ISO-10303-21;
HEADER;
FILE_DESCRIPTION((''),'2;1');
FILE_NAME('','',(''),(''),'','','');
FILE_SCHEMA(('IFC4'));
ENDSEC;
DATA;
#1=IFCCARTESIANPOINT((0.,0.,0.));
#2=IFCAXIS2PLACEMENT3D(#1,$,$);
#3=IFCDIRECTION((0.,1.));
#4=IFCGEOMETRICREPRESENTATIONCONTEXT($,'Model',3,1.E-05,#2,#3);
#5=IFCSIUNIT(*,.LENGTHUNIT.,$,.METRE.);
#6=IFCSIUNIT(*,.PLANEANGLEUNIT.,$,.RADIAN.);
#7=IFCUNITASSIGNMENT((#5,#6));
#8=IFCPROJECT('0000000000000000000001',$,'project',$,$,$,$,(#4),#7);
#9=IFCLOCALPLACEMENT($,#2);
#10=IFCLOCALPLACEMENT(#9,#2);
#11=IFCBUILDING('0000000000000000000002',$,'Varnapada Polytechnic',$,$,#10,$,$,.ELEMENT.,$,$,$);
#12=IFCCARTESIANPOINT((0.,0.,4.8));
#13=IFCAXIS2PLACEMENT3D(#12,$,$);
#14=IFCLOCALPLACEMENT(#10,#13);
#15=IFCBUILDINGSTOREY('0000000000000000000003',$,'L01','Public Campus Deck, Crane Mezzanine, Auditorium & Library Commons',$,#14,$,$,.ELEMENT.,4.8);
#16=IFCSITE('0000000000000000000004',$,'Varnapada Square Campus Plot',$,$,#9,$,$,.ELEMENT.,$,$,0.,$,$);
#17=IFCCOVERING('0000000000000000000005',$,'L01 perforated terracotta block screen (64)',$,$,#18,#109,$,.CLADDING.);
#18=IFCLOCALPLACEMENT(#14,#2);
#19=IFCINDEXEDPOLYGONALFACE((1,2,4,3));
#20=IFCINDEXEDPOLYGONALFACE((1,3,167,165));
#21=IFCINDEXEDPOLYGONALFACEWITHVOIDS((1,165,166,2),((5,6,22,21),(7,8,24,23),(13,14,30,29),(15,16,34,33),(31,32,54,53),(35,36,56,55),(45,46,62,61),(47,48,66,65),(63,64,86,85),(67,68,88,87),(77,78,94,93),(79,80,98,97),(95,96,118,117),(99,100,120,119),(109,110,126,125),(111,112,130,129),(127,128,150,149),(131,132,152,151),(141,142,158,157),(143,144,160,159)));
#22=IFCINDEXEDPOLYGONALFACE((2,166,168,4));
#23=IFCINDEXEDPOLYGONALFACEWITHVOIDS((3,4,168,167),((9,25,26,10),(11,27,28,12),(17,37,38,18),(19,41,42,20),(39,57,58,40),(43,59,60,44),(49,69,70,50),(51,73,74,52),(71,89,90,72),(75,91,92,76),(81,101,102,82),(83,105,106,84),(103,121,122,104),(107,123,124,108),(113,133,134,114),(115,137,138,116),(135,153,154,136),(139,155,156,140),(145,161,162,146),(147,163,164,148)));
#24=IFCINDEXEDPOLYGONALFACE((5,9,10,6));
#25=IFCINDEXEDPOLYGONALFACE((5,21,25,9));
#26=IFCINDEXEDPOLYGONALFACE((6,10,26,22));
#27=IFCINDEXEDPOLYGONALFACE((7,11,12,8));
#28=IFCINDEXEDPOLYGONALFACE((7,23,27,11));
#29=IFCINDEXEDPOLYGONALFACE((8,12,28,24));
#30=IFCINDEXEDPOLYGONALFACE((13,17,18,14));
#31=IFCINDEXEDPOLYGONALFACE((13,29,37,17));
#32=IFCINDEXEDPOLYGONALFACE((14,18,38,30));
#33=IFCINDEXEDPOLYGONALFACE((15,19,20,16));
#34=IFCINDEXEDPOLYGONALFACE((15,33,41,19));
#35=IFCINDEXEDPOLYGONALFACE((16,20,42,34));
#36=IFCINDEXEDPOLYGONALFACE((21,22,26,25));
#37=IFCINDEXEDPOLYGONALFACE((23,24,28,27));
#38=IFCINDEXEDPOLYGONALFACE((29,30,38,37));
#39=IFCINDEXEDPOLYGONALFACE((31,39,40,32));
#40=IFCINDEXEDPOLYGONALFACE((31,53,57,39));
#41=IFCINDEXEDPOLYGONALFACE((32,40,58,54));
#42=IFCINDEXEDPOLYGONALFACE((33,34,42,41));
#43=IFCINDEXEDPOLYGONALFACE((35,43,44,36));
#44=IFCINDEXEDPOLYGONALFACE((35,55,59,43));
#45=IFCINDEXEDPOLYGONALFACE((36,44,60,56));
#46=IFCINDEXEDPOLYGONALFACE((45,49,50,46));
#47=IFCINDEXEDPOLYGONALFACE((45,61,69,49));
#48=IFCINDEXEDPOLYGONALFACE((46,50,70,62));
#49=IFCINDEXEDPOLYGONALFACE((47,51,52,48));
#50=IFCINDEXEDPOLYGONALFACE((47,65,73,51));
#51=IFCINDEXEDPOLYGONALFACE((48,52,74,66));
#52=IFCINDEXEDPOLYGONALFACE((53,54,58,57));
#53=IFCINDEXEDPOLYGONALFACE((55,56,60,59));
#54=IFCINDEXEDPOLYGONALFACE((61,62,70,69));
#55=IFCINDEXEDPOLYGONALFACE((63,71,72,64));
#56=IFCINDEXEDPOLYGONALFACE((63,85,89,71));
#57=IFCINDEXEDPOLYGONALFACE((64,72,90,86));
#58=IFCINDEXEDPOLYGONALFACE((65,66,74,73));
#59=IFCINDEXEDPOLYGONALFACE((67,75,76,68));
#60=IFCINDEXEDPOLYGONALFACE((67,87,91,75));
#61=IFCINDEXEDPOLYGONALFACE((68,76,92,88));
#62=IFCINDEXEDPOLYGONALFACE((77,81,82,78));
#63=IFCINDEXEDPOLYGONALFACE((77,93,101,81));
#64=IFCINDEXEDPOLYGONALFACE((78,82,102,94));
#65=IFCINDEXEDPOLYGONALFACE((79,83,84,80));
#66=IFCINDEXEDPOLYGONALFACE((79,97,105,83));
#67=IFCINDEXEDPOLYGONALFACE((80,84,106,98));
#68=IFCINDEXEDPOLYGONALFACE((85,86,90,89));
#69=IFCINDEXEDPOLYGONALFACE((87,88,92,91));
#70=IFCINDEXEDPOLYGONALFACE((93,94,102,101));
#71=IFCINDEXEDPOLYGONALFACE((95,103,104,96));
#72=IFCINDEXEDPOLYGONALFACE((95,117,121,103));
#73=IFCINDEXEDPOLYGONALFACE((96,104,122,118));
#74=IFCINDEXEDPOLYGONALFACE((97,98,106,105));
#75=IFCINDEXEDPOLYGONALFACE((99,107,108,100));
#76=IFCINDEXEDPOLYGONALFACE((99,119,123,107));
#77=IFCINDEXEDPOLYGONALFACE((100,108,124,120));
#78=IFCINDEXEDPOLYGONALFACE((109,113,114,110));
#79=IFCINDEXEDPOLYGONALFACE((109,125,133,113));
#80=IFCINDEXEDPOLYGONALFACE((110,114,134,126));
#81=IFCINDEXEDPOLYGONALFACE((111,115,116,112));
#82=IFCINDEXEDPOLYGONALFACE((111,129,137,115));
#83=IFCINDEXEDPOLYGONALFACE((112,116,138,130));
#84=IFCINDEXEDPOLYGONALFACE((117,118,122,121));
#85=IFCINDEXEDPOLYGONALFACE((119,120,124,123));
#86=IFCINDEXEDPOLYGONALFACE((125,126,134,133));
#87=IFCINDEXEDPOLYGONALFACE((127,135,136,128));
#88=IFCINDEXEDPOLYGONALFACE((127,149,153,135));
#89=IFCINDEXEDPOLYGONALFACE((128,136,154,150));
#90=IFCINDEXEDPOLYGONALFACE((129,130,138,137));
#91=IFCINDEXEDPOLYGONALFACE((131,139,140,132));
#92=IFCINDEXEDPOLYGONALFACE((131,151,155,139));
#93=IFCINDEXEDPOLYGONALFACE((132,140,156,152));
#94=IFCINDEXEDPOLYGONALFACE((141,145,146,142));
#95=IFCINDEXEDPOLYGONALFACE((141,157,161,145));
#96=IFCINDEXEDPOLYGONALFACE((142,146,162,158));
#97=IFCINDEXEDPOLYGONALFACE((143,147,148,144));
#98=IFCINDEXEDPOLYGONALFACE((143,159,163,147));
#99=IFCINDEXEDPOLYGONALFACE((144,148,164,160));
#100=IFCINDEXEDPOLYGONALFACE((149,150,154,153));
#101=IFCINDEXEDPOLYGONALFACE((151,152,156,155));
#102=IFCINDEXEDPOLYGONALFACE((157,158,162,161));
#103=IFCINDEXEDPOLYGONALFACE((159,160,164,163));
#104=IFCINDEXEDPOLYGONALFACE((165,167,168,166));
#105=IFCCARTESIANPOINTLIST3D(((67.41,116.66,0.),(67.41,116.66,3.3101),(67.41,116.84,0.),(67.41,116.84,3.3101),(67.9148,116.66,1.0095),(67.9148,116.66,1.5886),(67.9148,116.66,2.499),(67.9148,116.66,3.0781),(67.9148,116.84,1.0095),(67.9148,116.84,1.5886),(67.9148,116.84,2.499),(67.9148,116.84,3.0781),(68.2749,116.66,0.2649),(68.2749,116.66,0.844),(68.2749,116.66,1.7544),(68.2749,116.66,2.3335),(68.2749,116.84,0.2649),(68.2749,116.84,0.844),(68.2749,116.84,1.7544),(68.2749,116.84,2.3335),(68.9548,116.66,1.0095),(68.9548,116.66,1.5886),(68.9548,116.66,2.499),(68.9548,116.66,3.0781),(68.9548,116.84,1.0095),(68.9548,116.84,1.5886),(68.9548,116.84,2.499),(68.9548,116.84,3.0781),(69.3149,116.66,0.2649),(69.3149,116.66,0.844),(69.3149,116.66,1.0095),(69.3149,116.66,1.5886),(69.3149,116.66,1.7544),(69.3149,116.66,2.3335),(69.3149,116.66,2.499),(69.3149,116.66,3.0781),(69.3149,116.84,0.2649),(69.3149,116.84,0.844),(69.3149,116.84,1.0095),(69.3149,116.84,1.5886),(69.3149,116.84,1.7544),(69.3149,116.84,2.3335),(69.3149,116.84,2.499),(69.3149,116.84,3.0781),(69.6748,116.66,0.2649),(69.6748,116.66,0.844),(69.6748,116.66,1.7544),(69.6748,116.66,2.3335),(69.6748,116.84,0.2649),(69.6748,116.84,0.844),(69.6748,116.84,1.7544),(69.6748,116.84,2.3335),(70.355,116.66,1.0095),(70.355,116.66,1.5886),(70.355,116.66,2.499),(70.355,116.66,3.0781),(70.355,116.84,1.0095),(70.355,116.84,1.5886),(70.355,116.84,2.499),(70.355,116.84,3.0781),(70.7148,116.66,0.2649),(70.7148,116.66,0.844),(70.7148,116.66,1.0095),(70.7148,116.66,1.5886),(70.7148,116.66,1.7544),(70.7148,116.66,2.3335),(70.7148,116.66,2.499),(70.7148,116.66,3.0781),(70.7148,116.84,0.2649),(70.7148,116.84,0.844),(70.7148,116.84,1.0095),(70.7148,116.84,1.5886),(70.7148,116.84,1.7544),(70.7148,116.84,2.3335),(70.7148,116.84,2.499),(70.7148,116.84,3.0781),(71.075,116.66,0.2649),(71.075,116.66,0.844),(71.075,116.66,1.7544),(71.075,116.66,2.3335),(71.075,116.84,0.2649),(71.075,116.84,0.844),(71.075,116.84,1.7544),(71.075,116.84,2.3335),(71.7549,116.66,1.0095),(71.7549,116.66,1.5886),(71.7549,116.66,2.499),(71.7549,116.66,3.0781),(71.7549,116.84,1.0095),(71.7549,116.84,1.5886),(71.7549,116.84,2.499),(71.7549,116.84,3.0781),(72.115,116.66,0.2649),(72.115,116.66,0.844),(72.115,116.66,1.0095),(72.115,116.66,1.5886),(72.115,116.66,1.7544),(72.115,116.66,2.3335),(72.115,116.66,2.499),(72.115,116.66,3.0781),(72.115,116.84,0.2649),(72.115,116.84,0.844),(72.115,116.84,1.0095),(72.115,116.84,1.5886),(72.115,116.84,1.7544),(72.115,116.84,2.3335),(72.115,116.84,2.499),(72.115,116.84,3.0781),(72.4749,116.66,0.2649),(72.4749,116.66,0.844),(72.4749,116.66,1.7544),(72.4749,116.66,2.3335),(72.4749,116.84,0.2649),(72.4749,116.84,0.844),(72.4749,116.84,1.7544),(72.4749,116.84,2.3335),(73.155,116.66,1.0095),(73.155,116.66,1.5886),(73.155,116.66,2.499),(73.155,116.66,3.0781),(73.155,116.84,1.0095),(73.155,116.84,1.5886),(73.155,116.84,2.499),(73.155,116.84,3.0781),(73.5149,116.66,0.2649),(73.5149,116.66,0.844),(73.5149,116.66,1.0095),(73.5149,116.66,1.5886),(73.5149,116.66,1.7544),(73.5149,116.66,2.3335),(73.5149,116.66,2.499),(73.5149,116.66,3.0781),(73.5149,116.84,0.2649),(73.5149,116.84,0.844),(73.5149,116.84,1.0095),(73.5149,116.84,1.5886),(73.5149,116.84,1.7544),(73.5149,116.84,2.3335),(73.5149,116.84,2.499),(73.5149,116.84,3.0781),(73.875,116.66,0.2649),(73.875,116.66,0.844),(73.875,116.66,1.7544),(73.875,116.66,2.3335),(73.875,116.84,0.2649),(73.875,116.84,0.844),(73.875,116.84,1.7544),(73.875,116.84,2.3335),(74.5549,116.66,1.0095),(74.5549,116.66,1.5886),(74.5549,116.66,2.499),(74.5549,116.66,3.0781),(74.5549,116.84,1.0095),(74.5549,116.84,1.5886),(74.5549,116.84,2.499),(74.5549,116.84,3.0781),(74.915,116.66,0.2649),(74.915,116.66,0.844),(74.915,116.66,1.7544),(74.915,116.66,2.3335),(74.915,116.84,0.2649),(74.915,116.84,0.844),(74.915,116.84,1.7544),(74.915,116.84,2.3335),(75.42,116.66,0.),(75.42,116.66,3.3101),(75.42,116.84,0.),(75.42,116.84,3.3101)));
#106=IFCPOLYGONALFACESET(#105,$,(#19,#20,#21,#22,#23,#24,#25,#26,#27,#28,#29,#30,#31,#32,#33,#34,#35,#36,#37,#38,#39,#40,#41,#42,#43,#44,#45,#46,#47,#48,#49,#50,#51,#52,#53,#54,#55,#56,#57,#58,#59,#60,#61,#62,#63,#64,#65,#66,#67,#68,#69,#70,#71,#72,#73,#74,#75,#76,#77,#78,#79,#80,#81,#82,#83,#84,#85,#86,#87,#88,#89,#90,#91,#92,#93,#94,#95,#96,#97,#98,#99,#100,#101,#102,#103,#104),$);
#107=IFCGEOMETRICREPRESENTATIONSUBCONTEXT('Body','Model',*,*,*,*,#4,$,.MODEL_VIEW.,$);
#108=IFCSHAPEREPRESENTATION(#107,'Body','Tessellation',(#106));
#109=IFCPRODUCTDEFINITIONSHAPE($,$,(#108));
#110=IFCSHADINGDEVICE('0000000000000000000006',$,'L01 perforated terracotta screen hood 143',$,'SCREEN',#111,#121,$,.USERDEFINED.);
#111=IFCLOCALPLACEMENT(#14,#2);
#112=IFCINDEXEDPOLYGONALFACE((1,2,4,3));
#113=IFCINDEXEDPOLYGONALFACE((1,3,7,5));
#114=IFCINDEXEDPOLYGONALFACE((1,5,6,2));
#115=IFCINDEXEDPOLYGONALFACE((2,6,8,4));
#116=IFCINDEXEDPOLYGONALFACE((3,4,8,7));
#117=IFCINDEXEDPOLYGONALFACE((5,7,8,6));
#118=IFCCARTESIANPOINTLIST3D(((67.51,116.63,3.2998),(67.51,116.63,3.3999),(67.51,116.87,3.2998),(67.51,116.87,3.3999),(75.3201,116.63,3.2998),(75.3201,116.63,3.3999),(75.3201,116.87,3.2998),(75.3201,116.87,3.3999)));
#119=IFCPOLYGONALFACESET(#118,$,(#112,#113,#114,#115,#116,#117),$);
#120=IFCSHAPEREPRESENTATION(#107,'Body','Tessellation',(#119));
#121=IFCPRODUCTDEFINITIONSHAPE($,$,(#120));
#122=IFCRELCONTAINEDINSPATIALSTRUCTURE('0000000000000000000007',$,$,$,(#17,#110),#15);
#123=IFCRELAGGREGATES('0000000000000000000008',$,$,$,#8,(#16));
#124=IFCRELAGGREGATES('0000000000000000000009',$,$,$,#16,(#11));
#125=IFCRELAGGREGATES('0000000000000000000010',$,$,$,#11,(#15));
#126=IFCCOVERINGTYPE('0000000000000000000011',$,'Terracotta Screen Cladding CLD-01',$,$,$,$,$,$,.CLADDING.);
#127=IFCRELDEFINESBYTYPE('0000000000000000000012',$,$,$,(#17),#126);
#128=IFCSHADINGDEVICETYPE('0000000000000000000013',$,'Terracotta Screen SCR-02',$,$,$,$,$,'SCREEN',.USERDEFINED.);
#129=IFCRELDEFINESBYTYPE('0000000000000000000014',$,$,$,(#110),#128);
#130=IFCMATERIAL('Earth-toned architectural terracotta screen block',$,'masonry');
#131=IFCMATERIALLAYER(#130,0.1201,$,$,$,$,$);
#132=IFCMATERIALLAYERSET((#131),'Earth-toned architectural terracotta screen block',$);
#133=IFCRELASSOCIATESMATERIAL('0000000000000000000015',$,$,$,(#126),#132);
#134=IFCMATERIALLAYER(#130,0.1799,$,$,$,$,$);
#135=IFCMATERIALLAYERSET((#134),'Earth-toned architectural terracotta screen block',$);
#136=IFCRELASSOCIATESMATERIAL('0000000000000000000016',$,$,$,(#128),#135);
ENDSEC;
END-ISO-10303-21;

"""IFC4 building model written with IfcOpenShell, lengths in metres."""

from ifc_helpers import new_model, si_unit, direction, frame, frame_2d, origin, origin_2d, place, context, subcontext, project, spatial, rectangle, extrude, material, layer, layer_set, type_object, element, save


model = new_model("IFC4")

# Units and contexts
model_context = context("Model", 3, precision=1e-05, world=origin(), true_north=direction((0.0, 1.0)))
body_context = subcontext(model_context, "Body", "Model", "MODEL_VIEW")
ifc_project = project(units=[si_unit("LENGTHUNIT", "METRE"), si_unit("PLANEANGLEUNIT", "RADIAN")], contexts=[model_context])

# Site, building, storey
site_placement = place(None, origin())
site = spatial("IfcSite", under=ifc_project, at=site_placement, Name="Varnapada Square Campus Plot", CompositionType="ELEMENT", RefElevation=0.0)
building_placement = place(site_placement, origin())
building = spatial("IfcBuilding", under=site, at=building_placement, Name="Varnapada Polytechnic", CompositionType="ELEMENT")
storey_placement = place(building_placement, frame((0.0, 0.0, 4.8)))
storey = spatial("IfcBuildingStorey", under=building, at=storey_placement, Name="L01", Description="Public Campus Deck, Crane Mezzanine, Auditorium & Library Commons", CompositionType="ELEMENT", Elevation=4.8)

# Covering, openings
ifc_material = material(Name="Earth-toned architectural terracotta screen block", Category="masonry")
ifc_layer_1 = layer(ifc_material, 0.1201)
ifc_layer_set_1 = layer_set([ifc_layer_1], Name="Earth-toned architectural terracotta screen block")
covering_type = type_object("IfcCoveringType", Name="Terracotta Screen Cladding CLD-01", PredefinedType="CLADDING", material=ifc_layer_set_1)
covering_placement = place(storey_placement, frame((75.4199, 116.75, 0.0), z_axis=(0.0, 0.0, 1.0), x_axis=(-1.0, 0.0, 0.0)))
covering = element("IfcCovering", 1, at=covering_placement, inside=storey, type_object=covering_type, Name="L01 perforated terracotta block screen (64)", PredefinedType="CLADDING", context=body_context, shape_type="SweptSolid", body=[
    extrude(rectangle(XDim=8.01, YDim=0.1799, at=frame_2d((4.0049, 0.0))), origin(), (0.0, 0.0, 1.0), 3.3101),
])
opening_1_placement = place(covering_placement, frame((0.5049, 0.0, 0.2649)))
element("IfcOpeningElement", 2, at=opening_1_placement, cuts=covering, PredefinedType="OPENING", context=body_context, shape_type="SweptSolid", body=[
    extrude(rectangle(XDim=1.04, YDim=0.5791, at=frame_2d((0.52, 0.2896))), frame((0.0, 0.0999, 0.0), z_axis=(0.0, -1.0, 0.0), x_axis=(1.0, 0.0, 0.0)), (0.0, 0.0, 1.0), 0.2),
])
opening_2_placement = place(covering_placement, frame((1.905, 0.0, 0.2649)))
element("IfcOpeningElement", 3, at=opening_2_placement, cuts=covering, PredefinedType="OPENING", context=body_context, shape_type="SweptSolid", body=[
    extrude(rectangle(XDim=1.04, YDim=0.5791, at=frame_2d((0.52, 0.2896))), frame((0.0, 0.0999, 0.0), z_axis=(0.0, -1.0, 0.0), x_axis=(1.0, 0.0, 0.0)), (0.0, 0.0, 1.0), 0.2),
])
opening_3_placement = place(covering_placement, frame((3.3049, 0.0, 0.2649)))
element("IfcOpeningElement", 4, at=opening_3_placement, cuts=covering, PredefinedType="OPENING", context=body_context, shape_type="SweptSolid", body=[
    extrude(rectangle(XDim=1.04, YDim=0.5791, at=frame_2d((0.52, 0.2896))), frame((0.0, 0.0999, 0.0), z_axis=(0.0, -1.0, 0.0), x_axis=(1.0, 0.0, 0.0)), (0.0, 0.0, 1.0), 0.2),
])
opening_4_placement = place(covering_placement, frame((4.7051, 0.0, 0.2649)))
element("IfcOpeningElement", 5, at=opening_4_placement, cuts=covering, PredefinedType="OPENING", context=body_context, shape_type="SweptSolid", body=[
    extrude(rectangle(XDim=1.04, YDim=0.5791, at=frame_2d((0.52, 0.2896))), frame((0.0, 0.0999, 0.0), z_axis=(0.0, -1.0, 0.0), x_axis=(1.0, 0.0, 0.0)), (0.0, 0.0, 1.0), 0.2),
])
opening_5_placement = place(covering_placement, frame((6.105, 0.0, 0.2649)))
element("IfcOpeningElement", 6, at=opening_5_placement, cuts=covering, PredefinedType="OPENING", context=body_context, shape_type="SweptSolid", body=[
    extrude(rectangle(XDim=1.04, YDim=0.5791, at=frame_2d((0.52, 0.2896))), frame((0.0, 0.0999, 0.0), z_axis=(0.0, -1.0, 0.0), x_axis=(1.0, 0.0, 0.0)), (0.0, 0.0, 1.0), 0.2),
])
opening_6_placement = place(covering_placement, frame((0.865, 0.0, 1.0095)))
element("IfcOpeningElement", 7, at=opening_6_placement, cuts=covering, PredefinedType="OPENING", context=body_context, shape_type="SweptSolid", body=[
    extrude(rectangle(XDim=1.04, YDim=0.5791, at=frame_2d((0.52, 0.2896))), frame((0.0, 0.0999, 0.0), z_axis=(0.0, -1.0, 0.0), x_axis=(1.0, 0.0, 0.0)), (0.0, 0.0, 1.0), 0.2),
])
opening_7_placement = place(covering_placement, frame((2.2649, 0.0, 1.0095)))
element("IfcOpeningElement", 8, at=opening_7_placement, cuts=covering, PredefinedType="OPENING", context=body_context, shape_type="SweptSolid", body=[
    extrude(rectangle(XDim=1.04, YDim=0.5791, at=frame_2d((0.52, 0.2896))), frame((0.0, 0.0999, 0.0), z_axis=(0.0, -1.0, 0.0), x_axis=(1.0, 0.0, 0.0)), (0.0, 0.0, 1.0), 0.2),
])
opening_8_placement = place(covering_placement, frame((3.665, 0.0, 1.0095)))
element("IfcOpeningElement", 9, at=opening_8_placement, cuts=covering, PredefinedType="OPENING", context=body_context, shape_type="SweptSolid", body=[
    extrude(rectangle(XDim=1.04, YDim=0.5791, at=frame_2d((0.52, 0.2896))), frame((0.0, 0.0999, 0.0), z_axis=(0.0, -1.0, 0.0), x_axis=(1.0, 0.0, 0.0)), (0.0, 0.0, 1.0), 0.2),
])
opening_9_placement = place(covering_placement, frame((5.0649, 0.0, 1.0095)))
element("IfcOpeningElement", 10, at=opening_9_placement, cuts=covering, PredefinedType="OPENING", context=body_context, shape_type="SweptSolid", body=[
    extrude(rectangle(XDim=1.04, YDim=0.5791, at=frame_2d((0.52, 0.2896))), frame((0.0, 0.0999, 0.0), z_axis=(0.0, -1.0, 0.0), x_axis=(1.0, 0.0, 0.0)), (0.0, 0.0, 1.0), 0.2),
])
opening_10_placement = place(covering_placement, frame((6.4651, 0.0, 1.0095)))
element("IfcOpeningElement", 11, at=opening_10_placement, cuts=covering, PredefinedType="OPENING", context=body_context, shape_type="SweptSolid", body=[
    extrude(rectangle(XDim=1.04, YDim=0.5791, at=frame_2d((0.52, 0.2896))), frame((0.0, 0.0999, 0.0), z_axis=(0.0, -1.0, 0.0), x_axis=(1.0, 0.0, 0.0)), (0.0, 0.0, 1.0), 0.2),
])
opening_11_placement = place(covering_placement, frame((0.5049, 0.0, 1.7544)))
element("IfcOpeningElement", 12, at=opening_11_placement, cuts=covering, PredefinedType="OPENING", context=body_context, shape_type="SweptSolid", body=[
    extrude(rectangle(XDim=1.04, YDim=0.5791, at=frame_2d((0.52, 0.2896))), frame((0.0, 0.0999, 0.0), z_axis=(0.0, -1.0, 0.0), x_axis=(1.0, 0.0, 0.0)), (0.0, 0.0, 1.0), 0.2),
])
opening_12_placement = place(covering_placement, frame((1.905, 0.0, 1.7544)))
element("IfcOpeningElement", 13, at=opening_12_placement, cuts=covering, PredefinedType="OPENING", context=body_context, shape_type="SweptSolid", body=[
    extrude(rectangle(XDim=1.04, YDim=0.5791, at=frame_2d((0.52, 0.2896))), frame((0.0, 0.0999, 0.0), z_axis=(0.0, -1.0, 0.0), x_axis=(1.0, 0.0, 0.0)), (0.0, 0.0, 1.0), 0.2),
])
opening_13_placement = place(covering_placement, frame((3.3049, 0.0, 1.7544)))
element("IfcOpeningElement", 14, at=opening_13_placement, cuts=covering, PredefinedType="OPENING", context=body_context, shape_type="SweptSolid", body=[
    extrude(rectangle(XDim=1.04, YDim=0.5791, at=frame_2d((0.52, 0.2896))), frame((0.0, 0.0999, 0.0), z_axis=(0.0, -1.0, 0.0), x_axis=(1.0, 0.0, 0.0)), (0.0, 0.0, 1.0), 0.2),
])
opening_14_placement = place(covering_placement, frame((4.7051, 0.0, 1.7544)))
element("IfcOpeningElement", 15, at=opening_14_placement, cuts=covering, PredefinedType="OPENING", context=body_context, shape_type="SweptSolid", body=[
    extrude(rectangle(XDim=1.04, YDim=0.5791, at=frame_2d((0.52, 0.2896))), frame((0.0, 0.0999, 0.0), z_axis=(0.0, -1.0, 0.0), x_axis=(1.0, 0.0, 0.0)), (0.0, 0.0, 1.0), 0.2),
])
opening_15_placement = place(covering_placement, frame((6.105, 0.0, 1.7544)))
element("IfcOpeningElement", 16, at=opening_15_placement, cuts=covering, PredefinedType="OPENING", context=body_context, shape_type="SweptSolid", body=[
    extrude(rectangle(XDim=1.04, YDim=0.5791, at=frame_2d((0.52, 0.2896))), frame((0.0, 0.0999, 0.0), z_axis=(0.0, -1.0, 0.0), x_axis=(1.0, 0.0, 0.0)), (0.0, 0.0, 1.0), 0.2),
])
opening_16_placement = place(covering_placement, frame((0.865, 0.0, 2.499)))
element("IfcOpeningElement", 17, at=opening_16_placement, cuts=covering, PredefinedType="OPENING", context=body_context, shape_type="SweptSolid", body=[
    extrude(rectangle(XDim=1.04, YDim=0.5791, at=frame_2d((0.52, 0.2896))), frame((0.0, 0.0999, 0.0), z_axis=(0.0, -1.0, 0.0), x_axis=(1.0, 0.0, 0.0)), (0.0, 0.0, 1.0), 0.2),
])
opening_17_placement = place(covering_placement, frame((2.2649, 0.0, 2.499)))
element("IfcOpeningElement", 18, at=opening_17_placement, cuts=covering, PredefinedType="OPENING", context=body_context, shape_type="SweptSolid", body=[
    extrude(rectangle(XDim=1.04, YDim=0.5791, at=frame_2d((0.52, 0.2896))), frame((0.0, 0.0999, 0.0), z_axis=(0.0, -1.0, 0.0), x_axis=(1.0, 0.0, 0.0)), (0.0, 0.0, 1.0), 0.2),
])
opening_18_placement = place(covering_placement, frame((3.665, 0.0, 2.499)))
element("IfcOpeningElement", 19, at=opening_18_placement, cuts=covering, PredefinedType="OPENING", context=body_context, shape_type="SweptSolid", body=[
    extrude(rectangle(XDim=1.04, YDim=0.5791, at=frame_2d((0.52, 0.2896))), frame((0.0, 0.0999, 0.0), z_axis=(0.0, -1.0, 0.0), x_axis=(1.0, 0.0, 0.0)), (0.0, 0.0, 1.0), 0.2),
])
opening_19_placement = place(covering_placement, frame((5.0649, 0.0, 2.499)))
element("IfcOpeningElement", 20, at=opening_19_placement, cuts=covering, PredefinedType="OPENING", context=body_context, shape_type="SweptSolid", body=[
    extrude(rectangle(XDim=1.04, YDim=0.5791, at=frame_2d((0.52, 0.2896))), frame((0.0, 0.0999, 0.0), z_axis=(0.0, -1.0, 0.0), x_axis=(1.0, 0.0, 0.0)), (0.0, 0.0, 1.0), 0.2),
])
opening_20_placement = place(covering_placement, frame((6.4651, 0.0, 2.499)))
element("IfcOpeningElement", 21, at=opening_20_placement, cuts=covering, PredefinedType="OPENING", context=body_context, shape_type="SweptSolid", body=[
    extrude(rectangle(XDim=1.04, YDim=0.5791, at=frame_2d((0.52, 0.2896))), frame((0.0, 0.0999, 0.0), z_axis=(0.0, -1.0, 0.0), x_axis=(1.0, 0.0, 0.0)), (0.0, 0.0, 1.0), 0.2),
])

# Shading device
ifc_layer_2 = layer(ifc_material, 0.1799)
ifc_layer_set_2 = layer_set([ifc_layer_2], Name="Earth-toned architectural terracotta screen block")
shading_device_type = type_object("IfcShadingDeviceType", Name="Terracotta Screen SCR-02", ElementType="SCREEN", PredefinedType="USERDEFINED", material=ifc_layer_set_2)
shading_device_placement = place(storey_placement, frame((71.415, 116.75, 3.2998), z_axis=(0.0, 0.0, 1.0), x_axis=(-1.0, 0.0, 0.0)))
element("IfcShadingDevice", 22, at=shading_device_placement, inside=storey, type_object=shading_device_type, Name="L01 perforated terracotta screen hood 143", ObjectType="SCREEN", PredefinedType="USERDEFINED", context=body_context, shape_type="SweptSolid", body=[
    extrude(rectangle(XDim=7.8101, YDim=0.24, at=origin_2d()), origin(), (0.0, 0.0, 1.0), 0.1001),
])

save(model, "model.ifc")
